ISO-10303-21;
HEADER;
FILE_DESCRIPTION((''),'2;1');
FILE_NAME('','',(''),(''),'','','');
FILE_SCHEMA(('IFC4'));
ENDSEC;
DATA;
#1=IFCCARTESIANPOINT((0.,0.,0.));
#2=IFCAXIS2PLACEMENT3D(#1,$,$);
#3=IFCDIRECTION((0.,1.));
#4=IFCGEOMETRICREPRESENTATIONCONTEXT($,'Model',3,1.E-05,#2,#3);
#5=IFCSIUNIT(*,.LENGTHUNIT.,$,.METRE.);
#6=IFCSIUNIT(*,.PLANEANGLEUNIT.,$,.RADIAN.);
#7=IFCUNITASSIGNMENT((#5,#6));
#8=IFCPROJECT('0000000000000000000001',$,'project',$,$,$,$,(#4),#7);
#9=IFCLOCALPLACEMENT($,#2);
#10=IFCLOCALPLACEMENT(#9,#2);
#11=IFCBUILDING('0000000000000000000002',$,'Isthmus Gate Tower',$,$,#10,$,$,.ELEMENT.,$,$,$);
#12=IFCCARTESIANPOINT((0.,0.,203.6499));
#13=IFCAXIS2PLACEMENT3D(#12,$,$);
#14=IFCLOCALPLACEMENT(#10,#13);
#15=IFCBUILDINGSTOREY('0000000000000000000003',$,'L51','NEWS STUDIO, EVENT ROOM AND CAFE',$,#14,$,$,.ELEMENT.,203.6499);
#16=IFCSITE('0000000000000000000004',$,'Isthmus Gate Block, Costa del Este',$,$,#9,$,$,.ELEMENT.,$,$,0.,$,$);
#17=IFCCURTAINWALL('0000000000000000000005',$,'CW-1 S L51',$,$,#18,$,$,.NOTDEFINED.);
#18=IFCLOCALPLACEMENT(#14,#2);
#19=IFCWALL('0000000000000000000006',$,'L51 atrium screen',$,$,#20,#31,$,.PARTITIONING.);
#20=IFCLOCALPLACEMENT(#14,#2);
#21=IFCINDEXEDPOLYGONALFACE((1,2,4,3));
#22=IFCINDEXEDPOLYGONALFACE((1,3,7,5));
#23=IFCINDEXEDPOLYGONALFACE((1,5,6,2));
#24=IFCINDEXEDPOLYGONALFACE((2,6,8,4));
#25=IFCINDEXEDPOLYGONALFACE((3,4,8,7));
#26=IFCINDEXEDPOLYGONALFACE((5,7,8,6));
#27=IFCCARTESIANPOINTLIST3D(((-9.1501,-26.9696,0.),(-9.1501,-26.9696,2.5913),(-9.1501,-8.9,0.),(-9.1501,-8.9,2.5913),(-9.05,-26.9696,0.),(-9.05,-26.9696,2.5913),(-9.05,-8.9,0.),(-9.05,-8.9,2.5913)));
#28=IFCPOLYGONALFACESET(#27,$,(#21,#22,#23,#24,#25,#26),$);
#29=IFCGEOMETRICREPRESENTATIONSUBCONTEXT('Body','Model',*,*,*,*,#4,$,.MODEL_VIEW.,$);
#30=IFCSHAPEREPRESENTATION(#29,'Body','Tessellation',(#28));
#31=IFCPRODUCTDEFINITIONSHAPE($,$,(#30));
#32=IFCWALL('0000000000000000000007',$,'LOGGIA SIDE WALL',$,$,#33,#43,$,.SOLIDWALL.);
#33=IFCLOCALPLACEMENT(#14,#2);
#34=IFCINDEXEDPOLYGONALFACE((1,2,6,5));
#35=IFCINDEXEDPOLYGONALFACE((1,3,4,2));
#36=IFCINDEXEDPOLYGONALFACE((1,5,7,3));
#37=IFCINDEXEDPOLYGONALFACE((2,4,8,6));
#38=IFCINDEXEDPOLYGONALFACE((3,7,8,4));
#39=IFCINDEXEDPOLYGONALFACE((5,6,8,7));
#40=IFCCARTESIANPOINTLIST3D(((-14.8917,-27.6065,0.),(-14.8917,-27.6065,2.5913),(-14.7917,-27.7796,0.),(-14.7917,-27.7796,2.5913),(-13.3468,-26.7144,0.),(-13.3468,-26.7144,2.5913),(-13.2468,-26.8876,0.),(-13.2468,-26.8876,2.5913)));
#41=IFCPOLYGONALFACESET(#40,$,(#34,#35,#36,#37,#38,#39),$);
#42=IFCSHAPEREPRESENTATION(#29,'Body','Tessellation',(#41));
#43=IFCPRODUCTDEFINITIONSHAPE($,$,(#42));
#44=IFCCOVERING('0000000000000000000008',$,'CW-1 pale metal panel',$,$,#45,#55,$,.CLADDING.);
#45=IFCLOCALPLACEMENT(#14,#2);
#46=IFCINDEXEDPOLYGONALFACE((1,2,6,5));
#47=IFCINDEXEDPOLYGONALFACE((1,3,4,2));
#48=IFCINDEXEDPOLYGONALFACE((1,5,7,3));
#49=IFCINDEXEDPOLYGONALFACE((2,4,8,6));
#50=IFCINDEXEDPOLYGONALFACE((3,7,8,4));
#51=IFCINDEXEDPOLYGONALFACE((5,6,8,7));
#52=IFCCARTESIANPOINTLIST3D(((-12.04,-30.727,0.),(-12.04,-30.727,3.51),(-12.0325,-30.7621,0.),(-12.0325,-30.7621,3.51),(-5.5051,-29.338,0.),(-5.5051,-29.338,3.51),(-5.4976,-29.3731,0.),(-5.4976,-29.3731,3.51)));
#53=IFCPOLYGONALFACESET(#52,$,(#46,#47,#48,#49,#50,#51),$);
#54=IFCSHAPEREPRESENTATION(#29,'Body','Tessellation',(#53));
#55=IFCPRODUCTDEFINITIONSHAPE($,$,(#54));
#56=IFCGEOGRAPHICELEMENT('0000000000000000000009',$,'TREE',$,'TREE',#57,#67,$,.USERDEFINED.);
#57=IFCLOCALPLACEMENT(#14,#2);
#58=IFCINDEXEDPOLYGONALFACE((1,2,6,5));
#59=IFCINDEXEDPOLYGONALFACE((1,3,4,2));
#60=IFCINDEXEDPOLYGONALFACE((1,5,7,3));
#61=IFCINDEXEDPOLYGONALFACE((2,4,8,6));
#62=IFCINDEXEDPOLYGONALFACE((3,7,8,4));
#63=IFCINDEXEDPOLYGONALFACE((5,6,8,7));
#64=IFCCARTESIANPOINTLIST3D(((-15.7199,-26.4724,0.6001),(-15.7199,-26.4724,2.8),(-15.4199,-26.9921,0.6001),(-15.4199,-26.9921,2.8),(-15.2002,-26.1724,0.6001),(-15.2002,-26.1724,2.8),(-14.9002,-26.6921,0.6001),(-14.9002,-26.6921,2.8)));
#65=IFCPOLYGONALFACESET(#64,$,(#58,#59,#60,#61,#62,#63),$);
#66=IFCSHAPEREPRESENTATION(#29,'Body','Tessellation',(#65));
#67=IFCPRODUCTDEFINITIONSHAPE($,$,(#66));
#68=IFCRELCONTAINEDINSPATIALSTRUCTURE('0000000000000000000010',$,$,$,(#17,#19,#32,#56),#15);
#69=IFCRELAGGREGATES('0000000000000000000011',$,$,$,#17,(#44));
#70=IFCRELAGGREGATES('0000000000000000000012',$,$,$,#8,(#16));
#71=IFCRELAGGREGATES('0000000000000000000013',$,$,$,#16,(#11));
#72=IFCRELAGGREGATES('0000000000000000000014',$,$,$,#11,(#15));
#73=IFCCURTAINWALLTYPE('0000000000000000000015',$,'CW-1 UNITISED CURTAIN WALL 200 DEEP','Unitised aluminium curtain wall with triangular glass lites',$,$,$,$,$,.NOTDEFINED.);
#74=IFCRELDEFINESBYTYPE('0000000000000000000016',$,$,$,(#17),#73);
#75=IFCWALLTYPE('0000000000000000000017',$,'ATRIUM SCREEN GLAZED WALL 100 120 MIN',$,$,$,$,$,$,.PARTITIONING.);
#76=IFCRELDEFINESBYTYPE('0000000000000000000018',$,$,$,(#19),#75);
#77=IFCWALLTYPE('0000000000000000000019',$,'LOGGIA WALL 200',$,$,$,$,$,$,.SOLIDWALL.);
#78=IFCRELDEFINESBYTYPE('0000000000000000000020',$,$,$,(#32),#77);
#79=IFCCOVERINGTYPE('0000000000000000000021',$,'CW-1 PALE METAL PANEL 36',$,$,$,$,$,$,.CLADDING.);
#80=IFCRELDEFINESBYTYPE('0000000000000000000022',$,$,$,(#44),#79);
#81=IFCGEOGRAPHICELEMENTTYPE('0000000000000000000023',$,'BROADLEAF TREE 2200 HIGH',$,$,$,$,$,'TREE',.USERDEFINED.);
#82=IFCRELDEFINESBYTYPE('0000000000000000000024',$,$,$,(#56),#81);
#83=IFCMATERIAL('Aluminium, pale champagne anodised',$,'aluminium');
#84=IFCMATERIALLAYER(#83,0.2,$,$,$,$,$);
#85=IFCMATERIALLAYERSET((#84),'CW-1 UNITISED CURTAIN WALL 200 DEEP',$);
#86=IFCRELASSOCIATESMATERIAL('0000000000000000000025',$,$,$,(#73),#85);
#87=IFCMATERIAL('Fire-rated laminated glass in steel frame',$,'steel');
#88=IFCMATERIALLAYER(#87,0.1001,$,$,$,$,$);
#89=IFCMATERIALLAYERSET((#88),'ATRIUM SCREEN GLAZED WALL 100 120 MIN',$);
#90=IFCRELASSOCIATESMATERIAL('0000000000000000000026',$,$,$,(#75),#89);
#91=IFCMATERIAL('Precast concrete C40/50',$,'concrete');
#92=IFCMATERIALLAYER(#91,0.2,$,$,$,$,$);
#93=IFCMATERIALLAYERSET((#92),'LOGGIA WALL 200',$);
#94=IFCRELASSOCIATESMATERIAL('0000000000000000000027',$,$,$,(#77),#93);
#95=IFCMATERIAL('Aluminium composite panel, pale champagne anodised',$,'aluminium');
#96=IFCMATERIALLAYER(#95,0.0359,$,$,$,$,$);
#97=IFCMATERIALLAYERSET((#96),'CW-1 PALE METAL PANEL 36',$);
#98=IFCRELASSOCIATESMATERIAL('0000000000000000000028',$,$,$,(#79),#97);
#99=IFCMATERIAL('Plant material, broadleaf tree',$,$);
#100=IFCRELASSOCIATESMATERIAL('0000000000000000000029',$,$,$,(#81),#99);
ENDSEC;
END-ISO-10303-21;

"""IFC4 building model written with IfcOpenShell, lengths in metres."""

from ifc_helpers import new_model, si_unit, direction, frame, frame_2d, origin, origin_2d, place, context, subcontext, project, spatial, rectangle, extrude, material, layer, layer_set, type_object, element, aggregate, save


model = new_model("IFC4")

# Units and contexts
model_context = context("Model", 3, precision=1e-05, world=origin(), true_north=direction((0.0, 1.0)))
body_context = subcontext(model_context, "Body", "Model", "MODEL_VIEW")
ifc_project = project(units=[si_unit("LENGTHUNIT", "METRE"), si_unit("PLANEANGLEUNIT", "RADIAN")], contexts=[model_context])

# Site, building, storey
site_placement = place(None, origin())
site = spatial("IfcSite", under=ifc_project, at=site_placement, Name="Isthmus Gate Block, Costa del Este", CompositionType="ELEMENT", RefElevation=0.0)
building_placement = place(site_placement, origin())
building = spatial("IfcBuilding", under=site, at=building_placement, Name="Isthmus Gate Tower", CompositionType="ELEMENT")
storey_placement = place(building_placement, frame((0.0, 0.0, 203.6499)))
storey = spatial("IfcBuildingStorey", under=building, at=storey_placement, Name="L51", Description="NEWS STUDIO, EVENT ROOM AND CAFE", CompositionType="ELEMENT", Elevation=203.6499)

# Curtain wall
ifc_material_1 = material(Name="Aluminium, pale champagne anodised", Category="aluminium")
ifc_layer_1 = layer(ifc_material_1, 0.2)
ifc_layer_set_1 = layer_set([ifc_layer_1], Name="CW-1 UNITISED CURTAIN WALL 200 DEEP")
curtain_wall_type_1 = type_object("IfcCurtainWallType", Name="CW-1 UNITISED CURTAIN WALL 200 DEEP", Description="Unitised aluminium curtain wall with triangular glass lites", PredefinedType="NOTDEFINED", material=ifc_layer_set_1)
curtain_wall_1_placement = place(storey_placement, origin())
curtain_wall_1 = element("IfcCurtainWall", 1, at=curtain_wall_1_placement, inside=storey, type_object=curtain_wall_type_1, Name="CW-1 S L51", PredefinedType="NOTDEFINED")

# Walls
ifc_material_2 = material(Name="Fire-rated laminated glass in steel frame", Category="steel")
ifc_layer_2 = layer(ifc_material_2, 0.1001)
ifc_layer_set_2 = layer_set([ifc_layer_2], Name="ATRIUM SCREEN GLAZED WALL 100 120 MIN")
wall_type_1 = type_object("IfcWallType", Name="ATRIUM SCREEN GLAZED WALL 100 120 MIN", PredefinedType="PARTITIONING", material=ifc_layer_set_2)
wall_1_placement = place(storey_placement, frame((-9.1001, -26.9695, 0.0), z_axis=(0.0, 0.0, 1.0), x_axis=(0.0, 1.0, 0.0)))
element("IfcWall", 2, at=wall_1_placement, inside=storey, type_object=wall_type_1, Name="L51 atrium screen", PredefinedType="PARTITIONING", context=body_context, shape_type="SweptSolid", body=[
    extrude(rectangle(XDim=18.0696, YDim=0.1001, at=frame_2d((9.0347, 0.0))), origin(), (0.0, 0.0, 1.0), 2.5913),
])
ifc_material_3 = material(Name="Precast concrete C40/50", Category="concrete")
ifc_layer_3 = layer(ifc_material_3, 0.2)
ifc_layer_set_3 = layer_set([ifc_layer_3], Name="LOGGIA WALL 200")
wall_type_2 = type_object("IfcWallType", Name="LOGGIA WALL 200", PredefinedType="SOLIDWALL", material=ifc_layer_set_3)
wall_2_placement = place(storey_placement, frame((-14.8418, -27.6931, 0.0), z_axis=(0.0, 0.0, 1.0), x_axis=(0.865994, 0.500054, 0.0)))
element("IfcWall", 3, at=wall_2_placement, inside=storey, type_object=wall_type_2, Name="LOGGIA SIDE WALL", PredefinedType="SOLIDWALL", context=body_context, shape_type="SweptSolid", body=[
    extrude(rectangle(XDim=1.7839, YDim=0.2, at=frame_2d((0.8921, 0.0))), origin(), (0.0, 0.0, 1.0), 2.5913),
])

# Covering
ifc_material_4 = material(Name="Aluminium composite panel, pale champagne anodised", Category="aluminium")
ifc_layer_4 = layer(ifc_material_4, 0.0359)
ifc_layer_set_4 = layer_set([ifc_layer_4], Name="CW-1 PALE METAL PANEL 36")
covering_type = type_object("IfcCoveringType", Name="CW-1 PALE METAL PANEL 36", PredefinedType="CLADDING", material=ifc_layer_set_4)
covering_placement = place(storey_placement, frame((-8.7688, -30.05, 0.0), z_axis=(0.0, 0.0, 1.0), x_axis=(0.978148, 0.207912, 0.0)))
covering = element("IfcCovering", 4, at=covering_placement, type_object=covering_type, Name="CW-1 pale metal panel", PredefinedType="CLADDING", context=body_context, shape_type="SweptSolid", body=[
    extrude(rectangle(XDim=6.6809, YDim=0.0359, at=origin_2d()), origin(), (0.0, 0.0, 1.0), 3.51),
])
aggregate(curtain_wall_1, [covering])

# Geographic element
ifc_material_5 = material(Name="Plant material, broadleaf tree")
geographic_element_type = type_object("IfcGeographicElementType", Name="BROADLEAF TREE 2200 HIGH", ElementType="TREE", PredefinedType="USERDEFINED", material=ifc_material_5)
geographic_element_placement = place(storey_placement, frame((-15.3101, -26.5823, 0.6001), z_axis=(0.0, 0.0, 1.0), x_axis=(0.5, -0.866025, 0.0)))
element("IfcGeographicElement", 5, at=geographic_element_placement, inside=storey, type_object=geographic_element_type, Name="TREE", ObjectType="TREE", PredefinedType="USERDEFINED", context=body_context, shape_type="SweptSolid", body=[
    extrude(rectangle(XDim=0.6001, YDim=0.6001, at=origin_2d()), origin(), (0.0, 0.0, 1.0), 2.2),
])

save(model, "model.ifc")
